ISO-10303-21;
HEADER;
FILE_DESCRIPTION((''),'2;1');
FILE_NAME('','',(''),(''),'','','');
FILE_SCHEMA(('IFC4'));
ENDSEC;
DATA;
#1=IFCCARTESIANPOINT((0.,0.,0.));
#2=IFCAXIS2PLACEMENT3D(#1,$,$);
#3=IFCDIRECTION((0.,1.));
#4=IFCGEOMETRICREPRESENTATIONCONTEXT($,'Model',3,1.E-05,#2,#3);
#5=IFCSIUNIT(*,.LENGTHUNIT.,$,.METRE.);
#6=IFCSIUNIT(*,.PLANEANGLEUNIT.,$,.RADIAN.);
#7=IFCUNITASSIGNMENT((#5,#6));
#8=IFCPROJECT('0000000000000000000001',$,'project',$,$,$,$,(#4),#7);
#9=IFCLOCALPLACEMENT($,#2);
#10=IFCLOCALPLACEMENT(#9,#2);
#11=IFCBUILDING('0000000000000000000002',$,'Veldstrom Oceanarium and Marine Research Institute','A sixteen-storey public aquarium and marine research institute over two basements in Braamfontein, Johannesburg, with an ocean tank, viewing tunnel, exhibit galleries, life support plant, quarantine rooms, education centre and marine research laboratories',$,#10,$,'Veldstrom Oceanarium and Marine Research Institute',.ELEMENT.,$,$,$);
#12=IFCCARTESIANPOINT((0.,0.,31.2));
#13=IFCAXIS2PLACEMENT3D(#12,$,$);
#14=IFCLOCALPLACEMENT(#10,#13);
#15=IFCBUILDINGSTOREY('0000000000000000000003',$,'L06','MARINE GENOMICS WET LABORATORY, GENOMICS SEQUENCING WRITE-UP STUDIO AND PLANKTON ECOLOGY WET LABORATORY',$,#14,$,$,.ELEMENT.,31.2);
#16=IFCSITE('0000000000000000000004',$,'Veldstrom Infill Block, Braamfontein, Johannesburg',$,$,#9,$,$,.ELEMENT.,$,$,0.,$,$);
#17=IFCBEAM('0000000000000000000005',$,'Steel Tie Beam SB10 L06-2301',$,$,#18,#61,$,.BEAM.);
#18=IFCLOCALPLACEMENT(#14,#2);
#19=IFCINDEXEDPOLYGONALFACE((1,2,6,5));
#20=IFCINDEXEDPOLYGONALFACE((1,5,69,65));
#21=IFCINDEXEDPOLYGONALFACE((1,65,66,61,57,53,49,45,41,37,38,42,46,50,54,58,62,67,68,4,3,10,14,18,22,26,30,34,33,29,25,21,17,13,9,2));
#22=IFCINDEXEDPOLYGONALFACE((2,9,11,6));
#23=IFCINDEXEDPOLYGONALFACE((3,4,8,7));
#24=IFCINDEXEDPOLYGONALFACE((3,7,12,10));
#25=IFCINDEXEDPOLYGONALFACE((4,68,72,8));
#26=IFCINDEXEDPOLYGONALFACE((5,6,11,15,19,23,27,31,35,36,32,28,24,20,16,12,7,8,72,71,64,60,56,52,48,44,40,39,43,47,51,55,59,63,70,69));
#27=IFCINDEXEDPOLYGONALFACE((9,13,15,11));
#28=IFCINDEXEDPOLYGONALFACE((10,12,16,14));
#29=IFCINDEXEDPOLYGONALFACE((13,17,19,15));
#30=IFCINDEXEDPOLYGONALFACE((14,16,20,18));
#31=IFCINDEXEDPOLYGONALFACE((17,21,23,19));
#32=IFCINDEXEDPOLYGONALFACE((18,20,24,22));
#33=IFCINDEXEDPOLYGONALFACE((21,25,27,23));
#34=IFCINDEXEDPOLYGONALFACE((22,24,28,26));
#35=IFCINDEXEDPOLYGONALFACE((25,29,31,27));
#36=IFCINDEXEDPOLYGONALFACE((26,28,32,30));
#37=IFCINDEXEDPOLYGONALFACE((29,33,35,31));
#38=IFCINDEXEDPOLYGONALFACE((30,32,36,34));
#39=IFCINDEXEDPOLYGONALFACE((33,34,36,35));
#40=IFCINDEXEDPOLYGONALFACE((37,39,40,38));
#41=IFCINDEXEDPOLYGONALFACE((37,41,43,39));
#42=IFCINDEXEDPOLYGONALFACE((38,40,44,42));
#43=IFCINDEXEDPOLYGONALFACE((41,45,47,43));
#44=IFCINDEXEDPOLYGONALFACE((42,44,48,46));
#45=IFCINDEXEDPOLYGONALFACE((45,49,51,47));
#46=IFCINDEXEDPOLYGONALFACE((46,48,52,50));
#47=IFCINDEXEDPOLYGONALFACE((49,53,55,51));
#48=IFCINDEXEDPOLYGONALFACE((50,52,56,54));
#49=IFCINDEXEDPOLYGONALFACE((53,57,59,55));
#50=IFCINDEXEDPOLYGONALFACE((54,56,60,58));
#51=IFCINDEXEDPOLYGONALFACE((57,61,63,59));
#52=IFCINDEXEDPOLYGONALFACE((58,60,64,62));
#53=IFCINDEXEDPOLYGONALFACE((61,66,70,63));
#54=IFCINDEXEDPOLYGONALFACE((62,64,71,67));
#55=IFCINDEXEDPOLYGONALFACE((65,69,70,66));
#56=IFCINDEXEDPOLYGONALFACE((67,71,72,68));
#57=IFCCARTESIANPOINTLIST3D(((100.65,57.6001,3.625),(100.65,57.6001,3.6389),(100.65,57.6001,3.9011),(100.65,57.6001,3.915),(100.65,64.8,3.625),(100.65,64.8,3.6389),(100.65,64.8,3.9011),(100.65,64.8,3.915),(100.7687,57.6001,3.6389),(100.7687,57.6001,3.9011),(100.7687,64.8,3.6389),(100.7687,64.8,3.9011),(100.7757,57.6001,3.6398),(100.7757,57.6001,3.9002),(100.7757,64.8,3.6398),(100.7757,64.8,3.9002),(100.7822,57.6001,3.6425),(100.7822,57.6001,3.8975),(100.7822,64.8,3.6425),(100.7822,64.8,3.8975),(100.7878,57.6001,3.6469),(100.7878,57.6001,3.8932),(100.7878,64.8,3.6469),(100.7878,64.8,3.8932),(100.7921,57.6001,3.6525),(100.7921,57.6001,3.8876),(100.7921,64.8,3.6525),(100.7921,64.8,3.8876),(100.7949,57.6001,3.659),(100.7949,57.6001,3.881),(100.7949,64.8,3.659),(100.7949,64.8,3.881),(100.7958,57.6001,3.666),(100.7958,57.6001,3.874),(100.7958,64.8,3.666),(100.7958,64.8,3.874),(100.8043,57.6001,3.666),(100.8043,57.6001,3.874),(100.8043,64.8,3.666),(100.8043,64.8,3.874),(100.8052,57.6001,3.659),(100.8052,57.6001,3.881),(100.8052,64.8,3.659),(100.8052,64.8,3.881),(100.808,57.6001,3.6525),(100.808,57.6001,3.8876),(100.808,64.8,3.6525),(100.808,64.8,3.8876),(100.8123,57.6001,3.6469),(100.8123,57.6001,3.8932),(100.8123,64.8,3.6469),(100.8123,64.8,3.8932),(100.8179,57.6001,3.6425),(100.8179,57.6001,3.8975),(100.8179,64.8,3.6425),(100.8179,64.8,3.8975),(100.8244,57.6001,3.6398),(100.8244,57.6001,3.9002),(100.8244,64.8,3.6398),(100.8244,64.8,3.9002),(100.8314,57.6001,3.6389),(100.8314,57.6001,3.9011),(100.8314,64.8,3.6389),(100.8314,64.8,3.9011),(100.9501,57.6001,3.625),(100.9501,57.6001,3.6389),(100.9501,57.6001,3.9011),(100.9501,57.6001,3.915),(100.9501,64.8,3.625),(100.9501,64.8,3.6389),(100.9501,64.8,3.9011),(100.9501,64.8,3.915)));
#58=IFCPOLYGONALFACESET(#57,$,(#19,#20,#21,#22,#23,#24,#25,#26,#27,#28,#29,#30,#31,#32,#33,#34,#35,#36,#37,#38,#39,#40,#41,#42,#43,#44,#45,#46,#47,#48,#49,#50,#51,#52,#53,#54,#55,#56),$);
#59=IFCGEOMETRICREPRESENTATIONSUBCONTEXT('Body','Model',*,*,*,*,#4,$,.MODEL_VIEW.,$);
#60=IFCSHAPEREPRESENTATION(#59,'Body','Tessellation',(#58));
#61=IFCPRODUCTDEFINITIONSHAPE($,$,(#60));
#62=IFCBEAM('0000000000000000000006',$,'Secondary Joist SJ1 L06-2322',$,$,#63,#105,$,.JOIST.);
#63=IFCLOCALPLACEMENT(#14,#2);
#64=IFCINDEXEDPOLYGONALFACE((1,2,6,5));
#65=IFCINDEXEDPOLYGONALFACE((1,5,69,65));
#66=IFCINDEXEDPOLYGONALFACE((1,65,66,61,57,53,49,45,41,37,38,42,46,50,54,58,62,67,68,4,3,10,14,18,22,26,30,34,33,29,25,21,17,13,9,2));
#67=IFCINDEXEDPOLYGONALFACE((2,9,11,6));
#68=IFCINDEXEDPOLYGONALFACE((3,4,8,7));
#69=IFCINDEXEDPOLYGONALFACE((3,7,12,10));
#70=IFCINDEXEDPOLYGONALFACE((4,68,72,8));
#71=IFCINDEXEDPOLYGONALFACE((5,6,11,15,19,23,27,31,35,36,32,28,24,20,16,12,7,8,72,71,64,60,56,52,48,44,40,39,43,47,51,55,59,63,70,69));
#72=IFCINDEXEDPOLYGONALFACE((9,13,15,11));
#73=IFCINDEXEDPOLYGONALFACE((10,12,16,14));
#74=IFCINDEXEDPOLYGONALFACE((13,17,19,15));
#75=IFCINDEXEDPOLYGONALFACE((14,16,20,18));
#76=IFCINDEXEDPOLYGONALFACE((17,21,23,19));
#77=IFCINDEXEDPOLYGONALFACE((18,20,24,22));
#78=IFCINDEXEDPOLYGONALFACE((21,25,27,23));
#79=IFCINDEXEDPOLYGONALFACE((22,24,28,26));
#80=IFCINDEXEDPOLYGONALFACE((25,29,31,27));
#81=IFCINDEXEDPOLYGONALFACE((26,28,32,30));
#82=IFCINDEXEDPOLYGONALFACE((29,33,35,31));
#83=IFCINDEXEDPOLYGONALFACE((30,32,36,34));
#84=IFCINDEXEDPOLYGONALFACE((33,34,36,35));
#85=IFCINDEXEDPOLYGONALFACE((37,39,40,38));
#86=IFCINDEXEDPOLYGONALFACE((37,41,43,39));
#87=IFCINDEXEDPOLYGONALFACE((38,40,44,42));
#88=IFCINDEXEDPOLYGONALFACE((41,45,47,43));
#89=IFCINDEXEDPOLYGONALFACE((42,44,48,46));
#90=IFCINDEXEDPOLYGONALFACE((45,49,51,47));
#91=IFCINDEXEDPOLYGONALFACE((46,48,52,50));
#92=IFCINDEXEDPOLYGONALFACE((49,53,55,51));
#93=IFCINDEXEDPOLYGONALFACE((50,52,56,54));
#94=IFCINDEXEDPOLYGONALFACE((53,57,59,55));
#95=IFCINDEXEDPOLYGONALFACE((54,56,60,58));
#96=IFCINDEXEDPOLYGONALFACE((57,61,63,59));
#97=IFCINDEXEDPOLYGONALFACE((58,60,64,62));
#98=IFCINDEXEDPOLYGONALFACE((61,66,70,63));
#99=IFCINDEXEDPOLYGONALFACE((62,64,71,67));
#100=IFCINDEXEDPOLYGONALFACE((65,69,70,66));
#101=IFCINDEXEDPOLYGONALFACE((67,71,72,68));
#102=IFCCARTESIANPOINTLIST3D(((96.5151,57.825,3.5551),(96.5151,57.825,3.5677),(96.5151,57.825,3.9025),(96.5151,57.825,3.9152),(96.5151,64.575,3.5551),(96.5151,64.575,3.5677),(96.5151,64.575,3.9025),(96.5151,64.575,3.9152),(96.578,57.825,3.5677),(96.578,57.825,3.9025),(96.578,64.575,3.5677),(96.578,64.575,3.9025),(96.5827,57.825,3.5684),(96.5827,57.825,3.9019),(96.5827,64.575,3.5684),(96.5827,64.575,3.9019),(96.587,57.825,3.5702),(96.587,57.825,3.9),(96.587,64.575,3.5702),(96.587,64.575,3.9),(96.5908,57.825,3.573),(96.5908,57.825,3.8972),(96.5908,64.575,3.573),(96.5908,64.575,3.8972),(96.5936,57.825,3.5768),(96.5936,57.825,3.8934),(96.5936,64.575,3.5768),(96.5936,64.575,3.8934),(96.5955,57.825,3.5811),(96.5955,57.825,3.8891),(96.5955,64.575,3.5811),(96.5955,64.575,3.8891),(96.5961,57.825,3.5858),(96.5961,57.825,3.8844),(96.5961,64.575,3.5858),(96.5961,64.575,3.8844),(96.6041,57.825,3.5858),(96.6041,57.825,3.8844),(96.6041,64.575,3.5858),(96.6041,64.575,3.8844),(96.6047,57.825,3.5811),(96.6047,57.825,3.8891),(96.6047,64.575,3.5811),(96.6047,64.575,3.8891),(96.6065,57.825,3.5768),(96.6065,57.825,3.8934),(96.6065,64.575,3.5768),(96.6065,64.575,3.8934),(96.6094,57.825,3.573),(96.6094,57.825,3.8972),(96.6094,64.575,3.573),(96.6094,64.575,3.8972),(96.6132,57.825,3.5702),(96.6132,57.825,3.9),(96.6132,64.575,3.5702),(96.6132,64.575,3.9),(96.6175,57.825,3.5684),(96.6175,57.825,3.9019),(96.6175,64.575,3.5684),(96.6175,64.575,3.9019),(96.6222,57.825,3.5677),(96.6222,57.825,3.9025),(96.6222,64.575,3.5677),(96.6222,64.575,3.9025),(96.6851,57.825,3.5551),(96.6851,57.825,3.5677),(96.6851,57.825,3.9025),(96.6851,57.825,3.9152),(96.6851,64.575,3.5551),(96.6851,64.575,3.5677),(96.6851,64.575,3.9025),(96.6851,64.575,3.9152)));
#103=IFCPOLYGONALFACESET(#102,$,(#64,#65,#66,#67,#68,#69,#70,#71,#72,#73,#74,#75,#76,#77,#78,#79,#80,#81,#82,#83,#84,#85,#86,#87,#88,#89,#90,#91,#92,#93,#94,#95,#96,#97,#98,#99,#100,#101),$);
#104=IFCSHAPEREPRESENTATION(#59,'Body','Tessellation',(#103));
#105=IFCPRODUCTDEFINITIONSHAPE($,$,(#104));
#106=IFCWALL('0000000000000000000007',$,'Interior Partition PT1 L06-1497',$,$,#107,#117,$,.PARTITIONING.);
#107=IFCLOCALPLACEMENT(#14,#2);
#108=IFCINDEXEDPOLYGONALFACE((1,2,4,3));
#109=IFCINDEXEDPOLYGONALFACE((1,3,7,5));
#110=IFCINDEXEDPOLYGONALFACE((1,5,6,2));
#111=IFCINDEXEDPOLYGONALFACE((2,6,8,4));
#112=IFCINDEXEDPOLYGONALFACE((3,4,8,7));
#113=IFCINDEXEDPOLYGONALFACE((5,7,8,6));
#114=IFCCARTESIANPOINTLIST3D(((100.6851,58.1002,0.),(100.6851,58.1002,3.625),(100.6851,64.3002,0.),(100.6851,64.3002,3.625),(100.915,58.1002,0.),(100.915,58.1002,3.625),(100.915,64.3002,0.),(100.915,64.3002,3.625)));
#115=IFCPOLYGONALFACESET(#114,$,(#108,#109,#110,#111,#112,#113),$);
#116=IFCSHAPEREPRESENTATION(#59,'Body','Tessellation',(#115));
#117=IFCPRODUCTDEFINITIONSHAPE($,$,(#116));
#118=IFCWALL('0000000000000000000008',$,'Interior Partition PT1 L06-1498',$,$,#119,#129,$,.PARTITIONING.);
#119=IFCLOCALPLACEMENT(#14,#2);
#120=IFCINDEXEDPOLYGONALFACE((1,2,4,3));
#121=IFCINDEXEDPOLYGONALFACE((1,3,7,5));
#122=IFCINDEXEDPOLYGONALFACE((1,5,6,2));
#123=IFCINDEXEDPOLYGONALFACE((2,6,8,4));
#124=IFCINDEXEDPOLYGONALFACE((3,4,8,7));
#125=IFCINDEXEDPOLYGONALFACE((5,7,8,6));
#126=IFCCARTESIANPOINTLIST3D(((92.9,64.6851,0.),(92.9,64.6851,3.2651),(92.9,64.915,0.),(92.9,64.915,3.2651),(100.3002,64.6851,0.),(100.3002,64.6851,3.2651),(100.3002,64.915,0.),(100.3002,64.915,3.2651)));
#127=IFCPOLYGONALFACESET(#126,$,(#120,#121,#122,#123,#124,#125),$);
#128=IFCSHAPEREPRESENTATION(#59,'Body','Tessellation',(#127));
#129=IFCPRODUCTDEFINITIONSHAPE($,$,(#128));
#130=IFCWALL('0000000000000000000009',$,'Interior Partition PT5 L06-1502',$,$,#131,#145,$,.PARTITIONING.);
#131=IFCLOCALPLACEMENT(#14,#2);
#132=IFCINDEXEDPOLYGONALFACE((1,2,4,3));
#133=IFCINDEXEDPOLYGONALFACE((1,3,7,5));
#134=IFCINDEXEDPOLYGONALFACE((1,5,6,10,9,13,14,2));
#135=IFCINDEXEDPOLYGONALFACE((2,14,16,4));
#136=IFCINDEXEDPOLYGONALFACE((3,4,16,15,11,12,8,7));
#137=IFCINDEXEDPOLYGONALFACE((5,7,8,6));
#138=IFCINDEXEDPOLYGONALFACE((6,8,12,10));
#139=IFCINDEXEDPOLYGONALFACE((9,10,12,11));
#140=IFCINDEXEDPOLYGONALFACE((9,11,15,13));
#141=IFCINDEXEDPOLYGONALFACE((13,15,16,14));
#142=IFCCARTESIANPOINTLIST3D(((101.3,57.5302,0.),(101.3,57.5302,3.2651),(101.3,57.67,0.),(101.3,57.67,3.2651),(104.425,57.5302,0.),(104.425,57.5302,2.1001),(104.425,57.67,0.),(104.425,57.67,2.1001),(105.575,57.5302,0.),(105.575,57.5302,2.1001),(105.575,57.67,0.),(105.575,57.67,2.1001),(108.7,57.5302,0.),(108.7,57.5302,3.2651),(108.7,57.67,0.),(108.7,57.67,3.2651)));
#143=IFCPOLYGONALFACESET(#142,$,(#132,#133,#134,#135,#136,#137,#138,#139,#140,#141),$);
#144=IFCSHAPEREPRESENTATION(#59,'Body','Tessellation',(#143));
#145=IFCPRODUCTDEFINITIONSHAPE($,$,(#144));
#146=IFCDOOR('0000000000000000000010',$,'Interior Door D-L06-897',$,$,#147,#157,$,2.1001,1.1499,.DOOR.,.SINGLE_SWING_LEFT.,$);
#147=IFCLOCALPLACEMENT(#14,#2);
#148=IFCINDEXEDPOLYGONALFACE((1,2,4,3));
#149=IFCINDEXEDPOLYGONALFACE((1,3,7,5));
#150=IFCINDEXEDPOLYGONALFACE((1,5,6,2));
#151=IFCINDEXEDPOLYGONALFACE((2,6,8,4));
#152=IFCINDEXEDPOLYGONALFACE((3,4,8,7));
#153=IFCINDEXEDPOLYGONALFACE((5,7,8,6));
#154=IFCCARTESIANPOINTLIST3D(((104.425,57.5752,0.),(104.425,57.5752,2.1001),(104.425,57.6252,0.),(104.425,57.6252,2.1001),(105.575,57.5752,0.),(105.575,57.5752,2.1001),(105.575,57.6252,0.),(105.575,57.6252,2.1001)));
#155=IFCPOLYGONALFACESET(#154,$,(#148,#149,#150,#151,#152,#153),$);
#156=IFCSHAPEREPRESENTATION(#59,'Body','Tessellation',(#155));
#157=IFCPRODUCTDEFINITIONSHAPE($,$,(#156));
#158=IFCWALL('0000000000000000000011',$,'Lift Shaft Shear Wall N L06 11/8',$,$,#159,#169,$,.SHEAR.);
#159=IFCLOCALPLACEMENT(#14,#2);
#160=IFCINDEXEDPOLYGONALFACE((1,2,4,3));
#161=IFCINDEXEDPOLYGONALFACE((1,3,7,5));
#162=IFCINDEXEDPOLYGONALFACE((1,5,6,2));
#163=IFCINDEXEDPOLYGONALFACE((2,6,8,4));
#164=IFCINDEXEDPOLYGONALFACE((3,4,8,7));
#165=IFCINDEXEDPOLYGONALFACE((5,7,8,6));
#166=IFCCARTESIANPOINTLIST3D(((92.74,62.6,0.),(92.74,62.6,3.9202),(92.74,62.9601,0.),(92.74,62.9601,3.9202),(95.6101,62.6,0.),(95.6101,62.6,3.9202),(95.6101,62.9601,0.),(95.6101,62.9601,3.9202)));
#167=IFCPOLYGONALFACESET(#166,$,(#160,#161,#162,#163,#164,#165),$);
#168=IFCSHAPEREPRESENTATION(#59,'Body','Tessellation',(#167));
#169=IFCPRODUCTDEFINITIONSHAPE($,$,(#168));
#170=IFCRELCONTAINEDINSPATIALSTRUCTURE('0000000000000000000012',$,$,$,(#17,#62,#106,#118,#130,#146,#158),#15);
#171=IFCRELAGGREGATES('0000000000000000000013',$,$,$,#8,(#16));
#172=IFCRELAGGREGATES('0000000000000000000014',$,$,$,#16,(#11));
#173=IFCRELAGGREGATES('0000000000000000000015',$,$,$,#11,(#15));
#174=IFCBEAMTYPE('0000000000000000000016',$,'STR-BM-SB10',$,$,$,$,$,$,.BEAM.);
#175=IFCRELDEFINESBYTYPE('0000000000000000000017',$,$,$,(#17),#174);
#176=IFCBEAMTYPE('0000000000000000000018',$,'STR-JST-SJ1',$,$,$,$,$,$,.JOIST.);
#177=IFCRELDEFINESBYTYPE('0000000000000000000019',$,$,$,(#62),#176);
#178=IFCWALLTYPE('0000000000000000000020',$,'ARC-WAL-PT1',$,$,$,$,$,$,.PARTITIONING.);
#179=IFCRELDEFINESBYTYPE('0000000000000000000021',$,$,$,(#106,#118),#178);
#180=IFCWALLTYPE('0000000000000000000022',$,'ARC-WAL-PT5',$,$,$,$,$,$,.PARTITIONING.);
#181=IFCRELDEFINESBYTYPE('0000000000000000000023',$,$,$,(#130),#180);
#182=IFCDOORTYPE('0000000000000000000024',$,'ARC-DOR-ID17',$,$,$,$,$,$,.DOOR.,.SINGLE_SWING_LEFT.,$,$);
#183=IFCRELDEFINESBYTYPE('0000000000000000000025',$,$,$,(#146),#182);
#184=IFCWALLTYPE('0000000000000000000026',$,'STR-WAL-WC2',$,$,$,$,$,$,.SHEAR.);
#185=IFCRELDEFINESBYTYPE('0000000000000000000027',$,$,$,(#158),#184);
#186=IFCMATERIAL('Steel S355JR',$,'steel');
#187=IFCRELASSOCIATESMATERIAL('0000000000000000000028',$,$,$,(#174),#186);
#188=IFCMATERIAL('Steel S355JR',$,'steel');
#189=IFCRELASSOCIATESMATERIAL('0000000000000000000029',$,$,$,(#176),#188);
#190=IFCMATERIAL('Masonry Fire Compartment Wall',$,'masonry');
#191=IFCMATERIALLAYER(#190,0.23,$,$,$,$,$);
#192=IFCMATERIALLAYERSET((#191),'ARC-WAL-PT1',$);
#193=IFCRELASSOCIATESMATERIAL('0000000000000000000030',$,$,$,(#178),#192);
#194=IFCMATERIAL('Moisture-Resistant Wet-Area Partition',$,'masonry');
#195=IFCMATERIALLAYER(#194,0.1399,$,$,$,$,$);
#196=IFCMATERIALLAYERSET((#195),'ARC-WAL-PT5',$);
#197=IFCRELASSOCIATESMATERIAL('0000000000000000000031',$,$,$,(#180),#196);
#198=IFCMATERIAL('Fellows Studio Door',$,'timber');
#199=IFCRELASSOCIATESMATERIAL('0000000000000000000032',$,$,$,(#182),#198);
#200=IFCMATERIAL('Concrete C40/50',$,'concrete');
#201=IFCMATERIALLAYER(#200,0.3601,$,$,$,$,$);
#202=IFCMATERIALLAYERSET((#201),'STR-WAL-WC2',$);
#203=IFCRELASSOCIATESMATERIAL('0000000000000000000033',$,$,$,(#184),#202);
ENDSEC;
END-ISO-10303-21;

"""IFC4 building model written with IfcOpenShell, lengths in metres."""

from ifc_helpers import new_model, si_unit, direction, frame, frame_2d, origin, origin_2d, place, context, subcontext, project, spatial, rectangle, i_section, extrude, material, layer, layer_set, material_profile, profile_set, type_object, element, fill, save


model = new_model("IFC4")

# Units and contexts
model_context = context("Model", 3, precision=1e-05, world=origin(), true_north=direction((0.0, 1.0)))
body_context = subcontext(model_context, "Body", "Model", "MODEL_VIEW")
ifc_project = project(units=[si_unit("LENGTHUNIT", "METRE"), si_unit("PLANEANGLEUNIT", "RADIAN")], contexts=[model_context])

# Site, building, storey
site_placement = place(None, origin())
site = spatial("IfcSite", under=ifc_project, at=site_placement, Name="Veldstrom Infill Block, Braamfontein, Johannesburg", CompositionType="ELEMENT", RefElevation=0.0)
building_placement = place(site_placement, origin())
building = spatial("IfcBuilding", under=site, at=building_placement, Name="Veldstrom Oceanarium and Marine Research Institute", Description="A sixteen-storey public aquarium and marine research institute over two basements in Braamfontein, Johannesburg, with an ocean tank, viewing tunnel, exhibit galleries, life support plant, quarantine rooms, education centre and marine research laboratories", LongName="Veldstrom Oceanarium and Marine Research Institute", CompositionType="ELEMENT")
storey_placement = place(building_placement, frame((0.0, 0.0, 31.2)))
storey = spatial("IfcBuildingStorey", under=building, at=storey_placement, Name="L06", Description="MARINE GENOMICS WET LABORATORY, GENOMICS SEQUENCING WRITE-UP STUDIO AND PLANKTON ECOLOGY WET LABORATORY", CompositionType="ELEMENT", Elevation=31.2)

# Beams
ifc_material_1 = material(Name="Steel S355JR", Category="steel")
ifc_material_profile_1 = material_profile(ifc_material_1, i_section(OverallWidth=0.3, OverallDepth=0.29, WebThickness=0.0085, FlangeThickness=0.0139, FilletRadius=0.0271, at=origin_2d()), Name="HEA 300")
ifc_profile_set_1 = profile_set([ifc_material_profile_1], Name="Steel S355JR")
beam_type_1 = type_object("IfcBeamType", Name="STR-BM-SB10", PredefinedType="BEAM", material=ifc_profile_set_1)
for number, where, z_axis, x_axis, name in (
    (1, (100.8, 57.6001, 3.77), (0.0, 1.0, 0.0), (-1.0, 0.0, 0.0), "Steel Tie Beam SB10 L06-2301"),
):
    element("IfcBeam", number, at=place(storey_placement, frame(where, z_axis=z_axis, x_axis=x_axis)), inside=storey, type_object=beam_type_1, Name=name, PredefinedType="BEAM", context=body_context, shape_type="SweptSolid", body=[
        extrude(i_section(OverallWidth=0.3, OverallDepth=0.29, WebThickness=0.0085, FlangeThickness=0.0139, FilletRadius=0.0271, at=origin_2d()), origin(), (0.0, 0.0, 1.0), 7.2),
    ])
ifc_material_2 = material(Name="Steel S355JR", Category="steel")
ifc_material_profile_2 = material_profile(ifc_material_2, i_section(OverallWidth=0.1699, OverallDepth=0.3601, WebThickness=0.0081, FlangeThickness=0.0127, FilletRadius=0.0181, at=origin_2d()), Name="IPE 360")
ifc_profile_set_2 = profile_set([ifc_material_profile_2], Name="Steel S355JR")
beam_type_2 = type_object("IfcBeamType", Name="STR-JST-SJ1", PredefinedType="JOIST", material=ifc_profile_set_2)
beam_1_placement = place(storey_placement, frame((96.6001, 57.825, 3.7351), z_axis=(0.0, 1.0, 0.0), x_axis=(-1.0, 0.0, 0.0)))
element("IfcBeam", 2, at=beam_1_placement, inside=storey, type_object=beam_type_2, Name="Secondary Joist SJ1 L06-2322", PredefinedType="JOIST", context=body_context, shape_type="SweptSolid", body=[
    extrude(i_section(OverallWidth=0.1699, OverallDepth=0.3601, WebThickness=0.0081, FlangeThickness=0.0127, FilletRadius=0.0181, at=origin_2d()), origin(), (0.0, 0.0, 1.0), 6.75),
])

# Shared definitions
ifc_material_3 = material(Name="Masonry Fire Compartment Wall", Category="masonry")
ifc_layer_1 = layer(ifc_material_3, 0.23)
ifc_layer_set_1 = layer_set([ifc_layer_1], Name="ARC-WAL-PT1")
wall_type_1 = type_object("IfcWallType", Name="ARC-WAL-PT1", PredefinedType="PARTITIONING", material=ifc_layer_set_1)

# Walls
wall_1_placement = place(storey_placement, frame((100.8, 58.1001, 0.0), z_axis=(0.0, 0.0, 1.0), x_axis=(0.0, 1.0, 0.0)))
element("IfcWall", 3, at=wall_1_placement, inside=storey, type_object=wall_type_1, Name="Interior Partition PT1 L06-1497", PredefinedType="PARTITIONING", context=body_context, shape_type="SweptSolid", body=[
    extrude(rectangle(XDim=6.2, YDim=0.23, at=frame_2d((3.1001, 0.0))), origin(), (0.0, 0.0, 1.0), 3.625),
])
wall_2_placement = place(storey_placement, frame((92.8999, 64.8, 0.0), z_axis=(0.0, 0.0, 1.0), x_axis=(1.0, 0.0, 0.0)))
element("IfcWall", 4, at=wall_2_placement, inside=storey, type_object=wall_type_1, Name="Interior Partition PT1 L06-1498", PredefinedType="PARTITIONING", context=body_context, shape_type="SweptSolid", body=[
    extrude(rectangle(XDim=7.4001, YDim=0.23, at=frame_2d((3.7002, 0.0))), origin(), (0.0, 0.0, 1.0), 3.2651),
])

# Wall, opening, door
ifc_material_4 = material(Name="Moisture-Resistant Wet-Area Partition", Category="masonry")
ifc_layer_2 = layer(ifc_material_4, 0.1399)
ifc_layer_set_2 = layer_set([ifc_layer_2], Name="ARC-WAL-PT5")
wall_type_2 = type_object("IfcWallType", Name="ARC-WAL-PT5", PredefinedType="PARTITIONING", material=ifc_layer_set_2)
wall_3_placement = place(storey_placement, frame((101.3, 57.6001, 0.0), z_axis=(0.0, 0.0, 1.0), x_axis=(1.0, 0.0, 0.0)))
wall_3 = element("IfcWall", 5, at=wall_3_placement, inside=storey, type_object=wall_type_2, Name="Interior Partition PT5 L06-1502", PredefinedType="PARTITIONING", context=body_context, shape_type="SweptSolid", body=[
    extrude(rectangle(XDim=7.3999, YDim=0.1399, at=frame_2d((3.7, 0.0))), origin(), (0.0, 0.0, 1.0), 3.2651),
])
opening_1_placement = place(wall_3_placement, frame((3.125, 0.0, 0.0)))
opening_1 = element("IfcOpeningElement", 6, at=opening_1_placement, cuts=wall_3, PredefinedType="OPENING", context=body_context, shape_type="SweptSolid", body=[
    extrude(rectangle(XDim=1.1499, YDim=2.1001, at=frame_2d((0.575, 1.05))), frame((0.0, 0.0798, 0.0), z_axis=(0.0, -1.0, 0.0), x_axis=(1.0, 0.0, 0.0)), (0.0, 0.0, 1.0), 0.1599),
])
ifc_material_5 = material(Name="Fellows Studio Door", Category="timber")
door_type_1 = type_object("IfcDoorType", Name="ARC-DOR-ID17", OperationType="SINGLE_SWING_LEFT", PredefinedType="DOOR", material=ifc_material_5)
door_1_placement = place(opening_1_placement, frame((1.1499, 0.0, 0.0), z_axis=(0.0, 0.0, 1.0), x_axis=(-1.0, 0.0, 0.0)))
door_1 = element("IfcDoor", 7, at=door_1_placement, inside=storey, type_object=door_type_1, Name="Interior Door D-L06-897", OperationType="SINGLE_SWING_LEFT", OverallHeight=2.1001, OverallWidth=1.1499, PredefinedType="DOOR", context=body_context, shape_type="SweptSolid", body=[
    extrude(rectangle(XDim=1.1499, YDim=2.1001, at=frame_2d((0.575, 1.05))), frame((0.0, 0.0249, 0.0), z_axis=(0.0, -1.0, 0.0), x_axis=(1.0, 0.0, 0.0)), (0.0, 0.0, 1.0), 0.05),
])
fill(opening_1, door_1)

# Wall
ifc_material_6 = material(Name="Concrete C40/50", Category="concrete")
ifc_layer_3 = layer(ifc_material_6, 0.3601)
ifc_layer_set_3 = layer_set([ifc_layer_3], Name="STR-WAL-WC2")
wall_type_3 = type_object("IfcWallType", Name="STR-WAL-WC2", PredefinedType="SHEAR", material=ifc_layer_set_3)
wall_4_placement = place(storey_placement, frame((92.74, 62.78, 0.0), z_axis=(0.0, 0.0, 1.0), x_axis=(1.0, 0.0, 0.0)))
element("IfcWall", 8, at=wall_4_placement, inside=storey, type_object=wall_type_3, Name="Lift Shaft Shear Wall N L06 11/8", PredefinedType="SHEAR", context=body_context, shape_type="SweptSolid", body=[
    extrude(rectangle(XDim=2.8701, YDim=0.3601, at=frame_2d((1.4351, 0.0))), origin(), (0.0, 0.0, 1.0), 3.9202),
])

save(model, "model.ifc")
